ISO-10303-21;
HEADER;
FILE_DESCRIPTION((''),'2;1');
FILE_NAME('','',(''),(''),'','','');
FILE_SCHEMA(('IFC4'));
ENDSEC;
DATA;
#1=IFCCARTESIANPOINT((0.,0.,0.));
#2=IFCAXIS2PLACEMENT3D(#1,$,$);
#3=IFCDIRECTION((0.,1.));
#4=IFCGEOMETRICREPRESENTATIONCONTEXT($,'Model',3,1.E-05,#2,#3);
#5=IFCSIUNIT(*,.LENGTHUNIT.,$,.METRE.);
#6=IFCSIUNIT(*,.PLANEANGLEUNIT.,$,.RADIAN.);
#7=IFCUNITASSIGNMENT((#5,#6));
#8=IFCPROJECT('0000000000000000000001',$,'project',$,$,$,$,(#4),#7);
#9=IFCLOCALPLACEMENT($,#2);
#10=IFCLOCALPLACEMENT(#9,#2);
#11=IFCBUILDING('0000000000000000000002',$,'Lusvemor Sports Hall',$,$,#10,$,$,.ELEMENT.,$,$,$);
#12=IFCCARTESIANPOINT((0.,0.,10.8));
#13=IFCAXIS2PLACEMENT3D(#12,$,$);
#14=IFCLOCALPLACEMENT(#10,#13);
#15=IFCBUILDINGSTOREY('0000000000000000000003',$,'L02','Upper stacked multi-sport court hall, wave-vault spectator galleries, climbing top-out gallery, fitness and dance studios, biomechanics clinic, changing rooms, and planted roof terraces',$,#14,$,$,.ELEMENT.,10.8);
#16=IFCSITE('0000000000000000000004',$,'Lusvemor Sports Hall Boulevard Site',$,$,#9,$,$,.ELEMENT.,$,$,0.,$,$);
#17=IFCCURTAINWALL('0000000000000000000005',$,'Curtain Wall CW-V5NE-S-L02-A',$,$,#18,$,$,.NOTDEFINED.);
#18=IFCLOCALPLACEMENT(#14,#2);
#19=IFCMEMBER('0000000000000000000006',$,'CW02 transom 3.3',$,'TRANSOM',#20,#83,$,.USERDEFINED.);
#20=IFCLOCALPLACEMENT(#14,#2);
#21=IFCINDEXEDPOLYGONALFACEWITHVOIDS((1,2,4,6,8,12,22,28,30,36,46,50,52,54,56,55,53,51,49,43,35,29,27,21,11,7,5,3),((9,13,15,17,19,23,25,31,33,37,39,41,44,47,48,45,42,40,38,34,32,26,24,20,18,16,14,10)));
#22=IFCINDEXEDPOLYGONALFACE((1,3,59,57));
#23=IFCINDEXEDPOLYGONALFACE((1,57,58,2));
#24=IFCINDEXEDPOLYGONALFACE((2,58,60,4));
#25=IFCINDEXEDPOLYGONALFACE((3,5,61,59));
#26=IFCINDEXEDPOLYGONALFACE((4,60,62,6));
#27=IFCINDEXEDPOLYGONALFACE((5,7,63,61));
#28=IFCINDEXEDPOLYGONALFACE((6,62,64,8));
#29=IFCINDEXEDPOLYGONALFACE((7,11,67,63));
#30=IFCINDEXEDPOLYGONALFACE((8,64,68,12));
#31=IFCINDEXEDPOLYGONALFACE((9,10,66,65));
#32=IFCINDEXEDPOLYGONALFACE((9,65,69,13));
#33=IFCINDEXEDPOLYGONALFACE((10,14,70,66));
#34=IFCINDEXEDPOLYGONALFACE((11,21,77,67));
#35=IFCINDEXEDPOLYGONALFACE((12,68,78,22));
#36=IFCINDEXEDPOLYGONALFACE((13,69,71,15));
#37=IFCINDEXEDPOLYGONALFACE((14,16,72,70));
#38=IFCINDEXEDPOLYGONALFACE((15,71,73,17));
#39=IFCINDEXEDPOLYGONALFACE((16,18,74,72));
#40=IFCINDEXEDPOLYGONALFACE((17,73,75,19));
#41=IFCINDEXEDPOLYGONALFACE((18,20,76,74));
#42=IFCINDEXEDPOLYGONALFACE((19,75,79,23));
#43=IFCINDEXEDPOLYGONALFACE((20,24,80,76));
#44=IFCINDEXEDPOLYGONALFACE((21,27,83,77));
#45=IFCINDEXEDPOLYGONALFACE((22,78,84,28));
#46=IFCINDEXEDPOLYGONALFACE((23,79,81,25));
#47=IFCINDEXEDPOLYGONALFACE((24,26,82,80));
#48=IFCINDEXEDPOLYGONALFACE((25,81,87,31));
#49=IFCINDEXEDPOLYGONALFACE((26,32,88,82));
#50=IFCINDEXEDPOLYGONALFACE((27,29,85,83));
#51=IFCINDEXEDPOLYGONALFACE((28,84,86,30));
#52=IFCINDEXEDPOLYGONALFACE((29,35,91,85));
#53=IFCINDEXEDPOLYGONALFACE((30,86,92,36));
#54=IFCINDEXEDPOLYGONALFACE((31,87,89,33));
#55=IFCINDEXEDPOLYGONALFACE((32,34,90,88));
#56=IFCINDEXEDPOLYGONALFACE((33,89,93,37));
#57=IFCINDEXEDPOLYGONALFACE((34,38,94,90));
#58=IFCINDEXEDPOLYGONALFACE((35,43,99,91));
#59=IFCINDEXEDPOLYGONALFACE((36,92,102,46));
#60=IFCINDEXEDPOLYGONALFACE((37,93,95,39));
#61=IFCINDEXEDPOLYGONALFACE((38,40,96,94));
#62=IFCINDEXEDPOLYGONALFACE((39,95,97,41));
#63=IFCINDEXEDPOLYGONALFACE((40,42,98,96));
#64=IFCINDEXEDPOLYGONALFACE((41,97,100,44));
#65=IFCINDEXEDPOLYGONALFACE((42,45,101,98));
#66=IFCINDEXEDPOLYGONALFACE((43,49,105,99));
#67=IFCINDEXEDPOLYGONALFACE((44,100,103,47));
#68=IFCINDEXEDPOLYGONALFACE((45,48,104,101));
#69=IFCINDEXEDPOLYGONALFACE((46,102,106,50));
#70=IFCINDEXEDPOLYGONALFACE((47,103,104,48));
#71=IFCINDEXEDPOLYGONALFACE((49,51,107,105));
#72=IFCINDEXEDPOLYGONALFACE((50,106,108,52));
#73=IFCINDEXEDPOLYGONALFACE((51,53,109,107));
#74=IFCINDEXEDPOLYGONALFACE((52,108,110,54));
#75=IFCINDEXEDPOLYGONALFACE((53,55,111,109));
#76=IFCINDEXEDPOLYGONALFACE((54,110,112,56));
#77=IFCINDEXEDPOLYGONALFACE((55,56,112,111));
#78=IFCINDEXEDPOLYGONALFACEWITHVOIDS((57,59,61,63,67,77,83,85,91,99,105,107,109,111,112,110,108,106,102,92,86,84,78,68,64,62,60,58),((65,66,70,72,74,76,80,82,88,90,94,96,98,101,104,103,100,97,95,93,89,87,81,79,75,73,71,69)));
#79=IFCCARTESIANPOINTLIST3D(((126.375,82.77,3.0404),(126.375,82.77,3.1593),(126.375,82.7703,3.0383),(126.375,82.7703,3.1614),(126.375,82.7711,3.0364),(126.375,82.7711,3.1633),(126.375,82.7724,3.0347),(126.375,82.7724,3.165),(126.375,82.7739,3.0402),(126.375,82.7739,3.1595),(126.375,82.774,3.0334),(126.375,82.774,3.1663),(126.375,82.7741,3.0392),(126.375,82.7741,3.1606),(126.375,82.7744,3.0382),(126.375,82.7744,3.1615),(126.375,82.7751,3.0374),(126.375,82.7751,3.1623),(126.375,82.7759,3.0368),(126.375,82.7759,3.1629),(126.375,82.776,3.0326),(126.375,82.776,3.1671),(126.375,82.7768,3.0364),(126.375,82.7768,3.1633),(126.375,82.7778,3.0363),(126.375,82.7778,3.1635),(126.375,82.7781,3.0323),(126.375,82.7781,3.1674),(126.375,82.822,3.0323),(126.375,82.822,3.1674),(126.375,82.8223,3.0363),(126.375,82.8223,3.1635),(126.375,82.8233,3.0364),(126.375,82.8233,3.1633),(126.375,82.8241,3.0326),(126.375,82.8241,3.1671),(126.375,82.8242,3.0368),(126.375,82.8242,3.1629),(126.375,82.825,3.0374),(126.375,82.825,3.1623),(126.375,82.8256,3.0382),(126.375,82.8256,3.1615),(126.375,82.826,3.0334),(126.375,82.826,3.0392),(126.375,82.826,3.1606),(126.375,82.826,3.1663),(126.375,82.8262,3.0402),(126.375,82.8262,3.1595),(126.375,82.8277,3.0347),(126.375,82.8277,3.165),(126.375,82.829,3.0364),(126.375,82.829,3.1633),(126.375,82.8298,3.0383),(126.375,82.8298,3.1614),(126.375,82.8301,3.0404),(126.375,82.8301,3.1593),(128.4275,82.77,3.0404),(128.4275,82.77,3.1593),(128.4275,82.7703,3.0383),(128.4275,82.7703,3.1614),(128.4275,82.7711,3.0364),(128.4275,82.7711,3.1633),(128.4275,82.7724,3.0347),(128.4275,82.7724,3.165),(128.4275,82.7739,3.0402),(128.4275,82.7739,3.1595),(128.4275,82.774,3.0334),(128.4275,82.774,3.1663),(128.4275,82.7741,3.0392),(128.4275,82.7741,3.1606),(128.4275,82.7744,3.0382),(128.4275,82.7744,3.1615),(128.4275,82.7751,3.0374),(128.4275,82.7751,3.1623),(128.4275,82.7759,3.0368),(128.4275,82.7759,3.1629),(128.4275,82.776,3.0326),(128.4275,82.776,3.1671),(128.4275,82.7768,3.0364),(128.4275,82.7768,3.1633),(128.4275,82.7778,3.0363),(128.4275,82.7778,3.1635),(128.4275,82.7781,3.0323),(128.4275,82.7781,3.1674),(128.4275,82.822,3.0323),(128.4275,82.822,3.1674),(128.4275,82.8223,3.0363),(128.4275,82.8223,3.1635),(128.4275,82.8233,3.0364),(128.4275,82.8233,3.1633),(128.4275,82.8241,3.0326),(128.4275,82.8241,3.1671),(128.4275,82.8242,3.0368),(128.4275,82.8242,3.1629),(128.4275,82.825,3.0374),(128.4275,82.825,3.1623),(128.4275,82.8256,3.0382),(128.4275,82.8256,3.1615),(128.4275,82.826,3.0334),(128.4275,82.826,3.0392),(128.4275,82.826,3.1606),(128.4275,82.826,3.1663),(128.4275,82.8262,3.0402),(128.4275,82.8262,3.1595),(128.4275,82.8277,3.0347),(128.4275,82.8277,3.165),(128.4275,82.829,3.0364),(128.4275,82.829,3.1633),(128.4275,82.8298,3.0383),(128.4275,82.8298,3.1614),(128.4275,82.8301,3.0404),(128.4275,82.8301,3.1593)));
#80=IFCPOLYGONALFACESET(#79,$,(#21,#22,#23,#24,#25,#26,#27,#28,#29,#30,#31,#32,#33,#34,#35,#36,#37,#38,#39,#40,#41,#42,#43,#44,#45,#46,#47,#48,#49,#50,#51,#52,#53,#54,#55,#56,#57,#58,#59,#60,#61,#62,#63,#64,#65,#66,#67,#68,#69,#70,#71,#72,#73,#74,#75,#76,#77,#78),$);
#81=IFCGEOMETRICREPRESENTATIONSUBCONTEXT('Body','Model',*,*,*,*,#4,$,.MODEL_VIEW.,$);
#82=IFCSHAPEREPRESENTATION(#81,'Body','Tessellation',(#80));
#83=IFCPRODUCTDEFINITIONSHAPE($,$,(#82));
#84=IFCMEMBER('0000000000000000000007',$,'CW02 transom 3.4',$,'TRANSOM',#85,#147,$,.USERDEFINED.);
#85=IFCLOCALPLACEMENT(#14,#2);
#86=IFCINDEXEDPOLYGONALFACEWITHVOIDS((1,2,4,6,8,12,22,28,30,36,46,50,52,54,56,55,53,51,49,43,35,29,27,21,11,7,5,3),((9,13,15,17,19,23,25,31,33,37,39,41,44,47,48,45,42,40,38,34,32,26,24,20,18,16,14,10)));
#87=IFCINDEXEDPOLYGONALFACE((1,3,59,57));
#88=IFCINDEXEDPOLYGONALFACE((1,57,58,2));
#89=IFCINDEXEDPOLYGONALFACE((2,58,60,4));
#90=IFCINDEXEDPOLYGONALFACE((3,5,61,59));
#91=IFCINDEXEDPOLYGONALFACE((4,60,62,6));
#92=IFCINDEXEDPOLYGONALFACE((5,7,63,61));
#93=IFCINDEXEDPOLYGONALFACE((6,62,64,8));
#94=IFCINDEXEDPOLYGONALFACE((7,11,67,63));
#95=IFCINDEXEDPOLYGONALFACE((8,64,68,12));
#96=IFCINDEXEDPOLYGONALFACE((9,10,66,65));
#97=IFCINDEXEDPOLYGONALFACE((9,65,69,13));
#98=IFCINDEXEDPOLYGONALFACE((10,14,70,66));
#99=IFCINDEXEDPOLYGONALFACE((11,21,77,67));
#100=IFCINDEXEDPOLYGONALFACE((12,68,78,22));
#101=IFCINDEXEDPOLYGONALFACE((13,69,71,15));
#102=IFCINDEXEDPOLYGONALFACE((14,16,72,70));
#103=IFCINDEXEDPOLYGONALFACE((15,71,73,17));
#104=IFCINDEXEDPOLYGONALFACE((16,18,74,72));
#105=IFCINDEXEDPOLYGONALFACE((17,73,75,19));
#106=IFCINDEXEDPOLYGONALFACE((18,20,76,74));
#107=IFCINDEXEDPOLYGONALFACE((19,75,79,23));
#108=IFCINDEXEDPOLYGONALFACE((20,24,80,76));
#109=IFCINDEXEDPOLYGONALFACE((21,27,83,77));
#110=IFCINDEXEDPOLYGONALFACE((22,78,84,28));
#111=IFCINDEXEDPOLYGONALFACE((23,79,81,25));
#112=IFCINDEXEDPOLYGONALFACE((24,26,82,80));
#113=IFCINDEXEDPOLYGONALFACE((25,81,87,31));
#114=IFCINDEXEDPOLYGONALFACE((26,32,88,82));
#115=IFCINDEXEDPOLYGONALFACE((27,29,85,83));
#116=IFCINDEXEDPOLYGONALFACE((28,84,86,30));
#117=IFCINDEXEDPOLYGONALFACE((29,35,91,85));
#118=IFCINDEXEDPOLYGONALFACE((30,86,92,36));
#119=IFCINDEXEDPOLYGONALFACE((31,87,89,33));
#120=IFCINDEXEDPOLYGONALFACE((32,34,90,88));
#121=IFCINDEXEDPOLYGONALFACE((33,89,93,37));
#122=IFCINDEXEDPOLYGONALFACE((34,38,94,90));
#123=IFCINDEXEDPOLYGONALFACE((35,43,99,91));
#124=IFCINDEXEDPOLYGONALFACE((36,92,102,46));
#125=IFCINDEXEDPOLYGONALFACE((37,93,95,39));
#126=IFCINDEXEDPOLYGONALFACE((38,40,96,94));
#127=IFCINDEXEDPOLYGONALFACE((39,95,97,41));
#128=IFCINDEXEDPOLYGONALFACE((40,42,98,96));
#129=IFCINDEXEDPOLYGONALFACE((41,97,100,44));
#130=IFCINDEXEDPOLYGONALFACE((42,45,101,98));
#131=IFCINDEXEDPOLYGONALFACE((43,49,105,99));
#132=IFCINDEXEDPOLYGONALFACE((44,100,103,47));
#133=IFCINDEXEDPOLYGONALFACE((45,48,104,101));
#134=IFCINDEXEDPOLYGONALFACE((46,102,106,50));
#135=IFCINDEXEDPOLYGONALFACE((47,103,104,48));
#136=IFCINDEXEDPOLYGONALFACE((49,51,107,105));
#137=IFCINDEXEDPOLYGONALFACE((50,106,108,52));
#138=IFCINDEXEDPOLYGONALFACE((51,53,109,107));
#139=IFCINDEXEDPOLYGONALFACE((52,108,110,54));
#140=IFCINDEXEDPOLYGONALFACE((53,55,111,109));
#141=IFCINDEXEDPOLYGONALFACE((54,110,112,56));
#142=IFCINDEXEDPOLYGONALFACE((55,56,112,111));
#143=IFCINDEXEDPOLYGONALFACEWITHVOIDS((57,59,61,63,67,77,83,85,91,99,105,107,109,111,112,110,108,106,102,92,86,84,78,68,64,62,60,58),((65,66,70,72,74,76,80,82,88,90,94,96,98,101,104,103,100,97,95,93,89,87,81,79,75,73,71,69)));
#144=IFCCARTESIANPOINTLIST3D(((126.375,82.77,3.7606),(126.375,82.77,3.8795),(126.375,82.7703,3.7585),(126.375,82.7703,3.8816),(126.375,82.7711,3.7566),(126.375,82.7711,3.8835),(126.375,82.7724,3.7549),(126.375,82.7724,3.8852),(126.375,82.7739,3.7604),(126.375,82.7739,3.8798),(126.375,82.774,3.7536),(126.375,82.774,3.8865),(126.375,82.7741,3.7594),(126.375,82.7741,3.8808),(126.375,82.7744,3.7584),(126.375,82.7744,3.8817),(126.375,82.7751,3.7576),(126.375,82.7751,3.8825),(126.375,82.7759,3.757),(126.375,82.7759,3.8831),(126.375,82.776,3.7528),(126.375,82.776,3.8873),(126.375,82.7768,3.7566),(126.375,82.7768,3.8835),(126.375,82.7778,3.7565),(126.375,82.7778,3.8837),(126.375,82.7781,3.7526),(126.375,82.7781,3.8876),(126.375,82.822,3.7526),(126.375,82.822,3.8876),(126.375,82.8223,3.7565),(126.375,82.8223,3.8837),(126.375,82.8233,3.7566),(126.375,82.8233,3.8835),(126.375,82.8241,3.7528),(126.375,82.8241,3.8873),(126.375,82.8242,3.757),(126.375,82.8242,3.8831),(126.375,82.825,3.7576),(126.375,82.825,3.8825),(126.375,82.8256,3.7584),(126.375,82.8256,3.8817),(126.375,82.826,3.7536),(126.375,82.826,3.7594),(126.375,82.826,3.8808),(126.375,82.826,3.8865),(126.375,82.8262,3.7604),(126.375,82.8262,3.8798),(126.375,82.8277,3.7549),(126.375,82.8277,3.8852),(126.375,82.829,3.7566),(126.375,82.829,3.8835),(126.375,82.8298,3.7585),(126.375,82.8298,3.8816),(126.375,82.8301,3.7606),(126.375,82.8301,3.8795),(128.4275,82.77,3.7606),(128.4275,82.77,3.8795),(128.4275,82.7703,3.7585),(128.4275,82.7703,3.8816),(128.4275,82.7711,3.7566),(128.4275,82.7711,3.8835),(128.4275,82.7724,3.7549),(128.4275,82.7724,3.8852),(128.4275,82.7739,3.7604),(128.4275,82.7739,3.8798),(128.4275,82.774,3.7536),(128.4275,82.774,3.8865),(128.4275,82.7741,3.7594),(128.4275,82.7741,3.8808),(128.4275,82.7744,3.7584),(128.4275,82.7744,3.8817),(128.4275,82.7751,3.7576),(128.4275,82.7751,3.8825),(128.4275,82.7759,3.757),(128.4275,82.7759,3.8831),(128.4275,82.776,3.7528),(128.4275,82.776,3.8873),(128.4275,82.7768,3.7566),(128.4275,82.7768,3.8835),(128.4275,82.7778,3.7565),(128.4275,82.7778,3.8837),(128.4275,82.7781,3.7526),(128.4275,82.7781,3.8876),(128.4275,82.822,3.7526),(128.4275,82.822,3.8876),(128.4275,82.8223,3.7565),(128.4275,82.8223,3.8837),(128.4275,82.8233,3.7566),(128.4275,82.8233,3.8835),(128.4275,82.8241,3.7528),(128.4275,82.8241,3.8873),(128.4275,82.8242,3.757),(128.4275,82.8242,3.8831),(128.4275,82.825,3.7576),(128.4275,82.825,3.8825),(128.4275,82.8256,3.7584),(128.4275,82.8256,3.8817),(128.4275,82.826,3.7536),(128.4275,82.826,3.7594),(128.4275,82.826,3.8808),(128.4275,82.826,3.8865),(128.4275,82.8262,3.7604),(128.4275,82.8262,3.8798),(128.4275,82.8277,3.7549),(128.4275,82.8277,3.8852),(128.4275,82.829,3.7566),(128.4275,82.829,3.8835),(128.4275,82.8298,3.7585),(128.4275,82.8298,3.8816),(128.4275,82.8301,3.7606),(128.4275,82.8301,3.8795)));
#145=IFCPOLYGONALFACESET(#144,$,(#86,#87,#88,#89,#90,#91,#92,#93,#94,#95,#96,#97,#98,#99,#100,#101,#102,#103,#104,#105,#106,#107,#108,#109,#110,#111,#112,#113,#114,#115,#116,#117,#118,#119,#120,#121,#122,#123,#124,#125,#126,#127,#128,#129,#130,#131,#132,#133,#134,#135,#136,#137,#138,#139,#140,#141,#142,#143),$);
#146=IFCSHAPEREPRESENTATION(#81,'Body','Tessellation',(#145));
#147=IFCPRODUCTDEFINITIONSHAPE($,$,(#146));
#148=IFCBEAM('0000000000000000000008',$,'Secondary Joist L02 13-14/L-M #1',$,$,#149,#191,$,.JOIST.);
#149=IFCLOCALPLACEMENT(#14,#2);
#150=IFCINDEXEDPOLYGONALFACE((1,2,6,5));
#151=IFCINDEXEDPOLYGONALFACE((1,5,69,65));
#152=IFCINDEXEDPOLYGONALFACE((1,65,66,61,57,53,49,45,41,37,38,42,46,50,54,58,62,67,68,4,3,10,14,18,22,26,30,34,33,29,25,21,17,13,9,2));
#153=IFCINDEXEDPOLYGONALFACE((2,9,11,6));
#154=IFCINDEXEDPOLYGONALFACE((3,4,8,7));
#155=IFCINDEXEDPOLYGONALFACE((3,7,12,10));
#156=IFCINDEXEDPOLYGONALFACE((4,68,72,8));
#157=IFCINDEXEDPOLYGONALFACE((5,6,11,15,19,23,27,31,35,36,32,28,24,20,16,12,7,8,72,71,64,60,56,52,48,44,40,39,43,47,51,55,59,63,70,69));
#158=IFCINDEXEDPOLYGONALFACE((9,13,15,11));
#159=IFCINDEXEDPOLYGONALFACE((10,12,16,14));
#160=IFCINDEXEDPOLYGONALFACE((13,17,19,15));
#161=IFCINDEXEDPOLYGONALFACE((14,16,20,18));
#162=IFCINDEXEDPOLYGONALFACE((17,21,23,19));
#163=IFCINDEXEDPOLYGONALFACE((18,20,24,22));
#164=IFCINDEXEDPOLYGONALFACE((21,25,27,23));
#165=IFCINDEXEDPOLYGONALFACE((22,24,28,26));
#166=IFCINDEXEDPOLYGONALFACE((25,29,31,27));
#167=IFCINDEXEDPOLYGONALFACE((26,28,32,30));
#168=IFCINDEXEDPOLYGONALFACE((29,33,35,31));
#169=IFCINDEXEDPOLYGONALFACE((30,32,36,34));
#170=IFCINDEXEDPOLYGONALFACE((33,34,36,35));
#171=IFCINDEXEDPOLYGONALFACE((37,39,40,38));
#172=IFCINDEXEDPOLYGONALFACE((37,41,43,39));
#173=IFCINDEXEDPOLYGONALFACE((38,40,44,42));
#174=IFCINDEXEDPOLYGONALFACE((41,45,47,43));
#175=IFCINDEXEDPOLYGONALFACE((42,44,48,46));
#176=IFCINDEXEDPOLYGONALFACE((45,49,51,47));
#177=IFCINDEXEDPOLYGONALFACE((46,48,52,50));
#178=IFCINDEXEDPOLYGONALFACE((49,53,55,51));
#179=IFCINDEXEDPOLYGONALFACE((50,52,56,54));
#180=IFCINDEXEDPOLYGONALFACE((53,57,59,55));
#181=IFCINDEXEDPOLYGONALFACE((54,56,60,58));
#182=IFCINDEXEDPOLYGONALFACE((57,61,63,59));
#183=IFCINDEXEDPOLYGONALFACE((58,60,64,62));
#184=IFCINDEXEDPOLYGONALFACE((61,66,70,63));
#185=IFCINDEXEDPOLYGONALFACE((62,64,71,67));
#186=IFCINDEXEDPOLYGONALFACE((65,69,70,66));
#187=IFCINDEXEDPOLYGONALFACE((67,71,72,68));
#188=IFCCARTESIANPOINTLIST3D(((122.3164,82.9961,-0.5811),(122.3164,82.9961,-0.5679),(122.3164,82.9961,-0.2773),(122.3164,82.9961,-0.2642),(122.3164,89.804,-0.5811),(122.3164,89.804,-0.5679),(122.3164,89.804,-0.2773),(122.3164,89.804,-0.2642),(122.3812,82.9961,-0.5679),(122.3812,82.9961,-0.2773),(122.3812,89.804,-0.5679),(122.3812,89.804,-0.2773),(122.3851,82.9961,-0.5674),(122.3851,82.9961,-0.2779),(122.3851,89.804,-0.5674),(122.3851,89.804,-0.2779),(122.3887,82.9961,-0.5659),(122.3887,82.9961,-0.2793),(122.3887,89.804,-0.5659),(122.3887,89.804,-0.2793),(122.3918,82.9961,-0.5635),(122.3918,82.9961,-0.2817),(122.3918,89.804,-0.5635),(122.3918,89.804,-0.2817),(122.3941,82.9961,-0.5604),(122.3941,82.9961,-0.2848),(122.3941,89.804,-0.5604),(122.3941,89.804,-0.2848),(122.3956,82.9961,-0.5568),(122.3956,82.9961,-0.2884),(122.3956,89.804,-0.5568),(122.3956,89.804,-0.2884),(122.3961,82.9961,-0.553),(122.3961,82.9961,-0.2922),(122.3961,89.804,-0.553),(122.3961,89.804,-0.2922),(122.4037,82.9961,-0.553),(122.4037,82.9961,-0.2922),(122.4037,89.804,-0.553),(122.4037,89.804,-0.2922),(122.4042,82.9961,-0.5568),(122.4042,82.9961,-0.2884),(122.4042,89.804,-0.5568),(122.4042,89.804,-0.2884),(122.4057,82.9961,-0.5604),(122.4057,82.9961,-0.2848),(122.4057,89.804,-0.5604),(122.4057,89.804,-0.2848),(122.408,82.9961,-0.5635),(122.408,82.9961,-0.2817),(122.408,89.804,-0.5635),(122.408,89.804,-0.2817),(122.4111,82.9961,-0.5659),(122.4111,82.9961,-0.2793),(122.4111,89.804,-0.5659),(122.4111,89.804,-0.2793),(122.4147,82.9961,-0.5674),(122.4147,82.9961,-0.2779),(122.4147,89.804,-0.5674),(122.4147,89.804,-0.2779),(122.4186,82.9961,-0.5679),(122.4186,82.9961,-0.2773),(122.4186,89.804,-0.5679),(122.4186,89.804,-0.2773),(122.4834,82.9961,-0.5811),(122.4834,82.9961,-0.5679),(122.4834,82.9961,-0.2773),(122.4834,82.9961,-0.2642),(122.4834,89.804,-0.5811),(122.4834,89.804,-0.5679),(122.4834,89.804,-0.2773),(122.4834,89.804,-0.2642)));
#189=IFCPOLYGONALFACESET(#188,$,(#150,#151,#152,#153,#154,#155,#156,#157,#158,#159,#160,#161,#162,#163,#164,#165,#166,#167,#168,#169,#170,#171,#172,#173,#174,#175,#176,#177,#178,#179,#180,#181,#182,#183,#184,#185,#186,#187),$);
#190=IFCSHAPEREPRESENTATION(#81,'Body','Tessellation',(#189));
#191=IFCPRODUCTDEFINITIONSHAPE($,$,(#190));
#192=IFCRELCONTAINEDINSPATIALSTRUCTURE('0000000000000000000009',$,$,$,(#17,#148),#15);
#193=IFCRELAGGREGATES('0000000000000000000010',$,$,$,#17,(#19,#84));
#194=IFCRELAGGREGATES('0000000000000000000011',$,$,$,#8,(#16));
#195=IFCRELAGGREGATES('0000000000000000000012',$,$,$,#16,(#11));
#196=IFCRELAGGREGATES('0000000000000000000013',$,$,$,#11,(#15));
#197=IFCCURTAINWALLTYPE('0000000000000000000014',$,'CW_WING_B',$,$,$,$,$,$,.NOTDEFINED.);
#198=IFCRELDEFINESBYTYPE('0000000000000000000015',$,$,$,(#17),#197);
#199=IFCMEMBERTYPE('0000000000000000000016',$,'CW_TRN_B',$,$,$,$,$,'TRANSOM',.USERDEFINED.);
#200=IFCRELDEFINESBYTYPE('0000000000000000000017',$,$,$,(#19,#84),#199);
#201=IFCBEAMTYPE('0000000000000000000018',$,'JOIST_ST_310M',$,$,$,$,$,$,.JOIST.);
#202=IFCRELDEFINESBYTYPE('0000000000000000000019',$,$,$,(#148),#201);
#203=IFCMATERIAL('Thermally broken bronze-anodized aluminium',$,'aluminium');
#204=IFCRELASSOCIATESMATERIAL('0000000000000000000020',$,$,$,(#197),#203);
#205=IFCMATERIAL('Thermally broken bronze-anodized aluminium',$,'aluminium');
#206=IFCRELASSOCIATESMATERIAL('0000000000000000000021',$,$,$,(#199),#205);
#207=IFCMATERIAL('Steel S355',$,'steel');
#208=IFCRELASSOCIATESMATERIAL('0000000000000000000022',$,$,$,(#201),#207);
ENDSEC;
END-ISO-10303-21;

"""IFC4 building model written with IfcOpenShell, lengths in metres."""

from ifc_helpers import new_model, si_unit, direction, frame, origin, origin_2d, place, context, subcontext, project, spatial, hollow_rectangle, i_section, extrude, material, material_profile, profile_set, type_object, element, aggregate, save


model = new_model("IFC4")

# Units and contexts
model_context = context("Model", 3, precision=1e-05, world=origin(), true_north=direction((0.0, 1.0)))
body_context = subcontext(model_context, "Body", "Model", "MODEL_VIEW")
ifc_project = project(units=[si_unit("LENGTHUNIT", "METRE"), si_unit("PLANEANGLEUNIT", "RADIAN")], contexts=[model_context])

# Site, building, storey
site_placement = place(None, origin())
site = spatial("IfcSite", under=ifc_project, at=site_placement, Name="Lusvemor Sports Hall Boulevard Site", CompositionType="ELEMENT", RefElevation=0.0)
building_placement = place(site_placement, origin())
building = spatial("IfcBuilding", under=site, at=building_placement, Name="Lusvemor Sports Hall", CompositionType="ELEMENT")
storey_placement = place(building_placement, frame((0.0, 0.0, 10.8)))
storey = spatial("IfcBuildingStorey", under=building, at=storey_placement, Name="L02", Description="Upper stacked multi-sport court hall, wave-vault spectator galleries, climbing top-out gallery, fitness and dance studios, biomechanics clinic, changing rooms, and planted roof terraces", CompositionType="ELEMENT", Elevation=10.8)

# Curtain wall, members
ifc_material_1 = material(Name="Thermally broken bronze-anodized aluminium", Category="aluminium")
curtain_wall_type = type_object("IfcCurtainWallType", Name="CW_WING_B", PredefinedType="NOTDEFINED", material=ifc_material_1)
curtain_wall_placement = place(storey_placement, origin())
curtain_wall = element("IfcCurtainWall", 1, at=curtain_wall_placement, inside=storey, type_object=curtain_wall_type, Name="Curtain Wall CW-V5NE-S-L02-A", PredefinedType="NOTDEFINED")
ifc_material_2 = material(Name="Thermally broken bronze-anodized aluminium", Category="aluminium")
ifc_material_profile_1 = material_profile(ifc_material_2, hollow_rectangle(XDim=0.0601, YDim=0.135, WallThickness=0.0039, InnerFilletRadius=0.0039, OuterFilletRadius=0.0081, at=origin_2d()), Name="CWTRN135x60x4")
ifc_profile_set_1 = profile_set([ifc_material_profile_1], Name="Thermally broken bronze-anodized aluminium")
member_type_1 = type_object("IfcMemberType", Name="CW_TRN_B", ElementType="TRANSOM", PredefinedType="USERDEFINED", material=ifc_profile_set_1)
member_1_placement = place(storey_placement, frame((128.4275, 82.8, 3.0999), z_axis=(-1.0, 0.0, 0.0), x_axis=(0.0, -1.0, 0.0)))
member_1 = element("IfcMember", 2, at=member_1_placement, type_object=member_type_1, Name="CW02 transom 3.3", ObjectType="TRANSOM", PredefinedType="USERDEFINED", context=body_context, shape_type="SweptSolid", body=[
    extrude(hollow_rectangle(XDim=0.0601, YDim=0.135, WallThickness=0.0039, InnerFilletRadius=0.0039, OuterFilletRadius=0.0081, at=origin_2d()), origin(), (0.0, 0.0, 1.0), 2.0525),
])
member_2_placement = place(storey_placement, frame((128.4275, 82.8, 3.8201), z_axis=(-1.0, 0.0, 0.0), x_axis=(0.0, -1.0, 0.0)))
member_2 = element("IfcMember", 3, at=member_2_placement, type_object=member_type_1, Name="CW02 transom 3.4", ObjectType="TRANSOM", PredefinedType="USERDEFINED", context=body_context, shape_type="SweptSolid", body=[
    extrude(hollow_rectangle(XDim=0.0601, YDim=0.135, WallThickness=0.0039, InnerFilletRadius=0.0039, OuterFilletRadius=0.0081, at=origin_2d()), origin(), (0.0, 0.0, 1.0), 2.0525),
])

# Beam
ifc_material_3 = material(Name="Steel S355", Category="steel")
ifc_material_profile_2 = material_profile(ifc_material_3, i_section(OverallWidth=0.167, OverallDepth=0.3169, WebThickness=0.0076, FlangeThickness=0.0132, FilletRadius=0.0149, at=origin_2d()), Name="W310x52.0")
ifc_profile_set_2 = profile_set([ifc_material_profile_2], Name="Steel S355")
beam_type_1 = type_object("IfcBeamType", Name="JOIST_ST_310M", PredefinedType="JOIST", material=ifc_profile_set_2)
for number, where, z_axis, x_axis, name in (
    (4, (122.3999, 82.9961, -0.4226), (0.0, 1.0, 0.0), (-1.0, 0.0, 0.0), "Secondary Joist L02 13-14/L-M #1"),
):
    element("IfcBeam", number, at=place(storey_placement, frame(where, z_axis=z_axis, x_axis=x_axis)), inside=storey, type_object=beam_type_1, Name=name, PredefinedType="JOIST", context=body_context, shape_type="SweptSolid", body=[
        extrude(i_section(OverallWidth=0.167, OverallDepth=0.3169, WebThickness=0.0076, FlangeThickness=0.0132, FilletRadius=0.0149, at=origin_2d()), origin(), (0.0, 0.0, 1.0), 6.8079),
    ])

aggregate(curtain_wall, [member_1, member_2])

save(model, "model.ifc")
